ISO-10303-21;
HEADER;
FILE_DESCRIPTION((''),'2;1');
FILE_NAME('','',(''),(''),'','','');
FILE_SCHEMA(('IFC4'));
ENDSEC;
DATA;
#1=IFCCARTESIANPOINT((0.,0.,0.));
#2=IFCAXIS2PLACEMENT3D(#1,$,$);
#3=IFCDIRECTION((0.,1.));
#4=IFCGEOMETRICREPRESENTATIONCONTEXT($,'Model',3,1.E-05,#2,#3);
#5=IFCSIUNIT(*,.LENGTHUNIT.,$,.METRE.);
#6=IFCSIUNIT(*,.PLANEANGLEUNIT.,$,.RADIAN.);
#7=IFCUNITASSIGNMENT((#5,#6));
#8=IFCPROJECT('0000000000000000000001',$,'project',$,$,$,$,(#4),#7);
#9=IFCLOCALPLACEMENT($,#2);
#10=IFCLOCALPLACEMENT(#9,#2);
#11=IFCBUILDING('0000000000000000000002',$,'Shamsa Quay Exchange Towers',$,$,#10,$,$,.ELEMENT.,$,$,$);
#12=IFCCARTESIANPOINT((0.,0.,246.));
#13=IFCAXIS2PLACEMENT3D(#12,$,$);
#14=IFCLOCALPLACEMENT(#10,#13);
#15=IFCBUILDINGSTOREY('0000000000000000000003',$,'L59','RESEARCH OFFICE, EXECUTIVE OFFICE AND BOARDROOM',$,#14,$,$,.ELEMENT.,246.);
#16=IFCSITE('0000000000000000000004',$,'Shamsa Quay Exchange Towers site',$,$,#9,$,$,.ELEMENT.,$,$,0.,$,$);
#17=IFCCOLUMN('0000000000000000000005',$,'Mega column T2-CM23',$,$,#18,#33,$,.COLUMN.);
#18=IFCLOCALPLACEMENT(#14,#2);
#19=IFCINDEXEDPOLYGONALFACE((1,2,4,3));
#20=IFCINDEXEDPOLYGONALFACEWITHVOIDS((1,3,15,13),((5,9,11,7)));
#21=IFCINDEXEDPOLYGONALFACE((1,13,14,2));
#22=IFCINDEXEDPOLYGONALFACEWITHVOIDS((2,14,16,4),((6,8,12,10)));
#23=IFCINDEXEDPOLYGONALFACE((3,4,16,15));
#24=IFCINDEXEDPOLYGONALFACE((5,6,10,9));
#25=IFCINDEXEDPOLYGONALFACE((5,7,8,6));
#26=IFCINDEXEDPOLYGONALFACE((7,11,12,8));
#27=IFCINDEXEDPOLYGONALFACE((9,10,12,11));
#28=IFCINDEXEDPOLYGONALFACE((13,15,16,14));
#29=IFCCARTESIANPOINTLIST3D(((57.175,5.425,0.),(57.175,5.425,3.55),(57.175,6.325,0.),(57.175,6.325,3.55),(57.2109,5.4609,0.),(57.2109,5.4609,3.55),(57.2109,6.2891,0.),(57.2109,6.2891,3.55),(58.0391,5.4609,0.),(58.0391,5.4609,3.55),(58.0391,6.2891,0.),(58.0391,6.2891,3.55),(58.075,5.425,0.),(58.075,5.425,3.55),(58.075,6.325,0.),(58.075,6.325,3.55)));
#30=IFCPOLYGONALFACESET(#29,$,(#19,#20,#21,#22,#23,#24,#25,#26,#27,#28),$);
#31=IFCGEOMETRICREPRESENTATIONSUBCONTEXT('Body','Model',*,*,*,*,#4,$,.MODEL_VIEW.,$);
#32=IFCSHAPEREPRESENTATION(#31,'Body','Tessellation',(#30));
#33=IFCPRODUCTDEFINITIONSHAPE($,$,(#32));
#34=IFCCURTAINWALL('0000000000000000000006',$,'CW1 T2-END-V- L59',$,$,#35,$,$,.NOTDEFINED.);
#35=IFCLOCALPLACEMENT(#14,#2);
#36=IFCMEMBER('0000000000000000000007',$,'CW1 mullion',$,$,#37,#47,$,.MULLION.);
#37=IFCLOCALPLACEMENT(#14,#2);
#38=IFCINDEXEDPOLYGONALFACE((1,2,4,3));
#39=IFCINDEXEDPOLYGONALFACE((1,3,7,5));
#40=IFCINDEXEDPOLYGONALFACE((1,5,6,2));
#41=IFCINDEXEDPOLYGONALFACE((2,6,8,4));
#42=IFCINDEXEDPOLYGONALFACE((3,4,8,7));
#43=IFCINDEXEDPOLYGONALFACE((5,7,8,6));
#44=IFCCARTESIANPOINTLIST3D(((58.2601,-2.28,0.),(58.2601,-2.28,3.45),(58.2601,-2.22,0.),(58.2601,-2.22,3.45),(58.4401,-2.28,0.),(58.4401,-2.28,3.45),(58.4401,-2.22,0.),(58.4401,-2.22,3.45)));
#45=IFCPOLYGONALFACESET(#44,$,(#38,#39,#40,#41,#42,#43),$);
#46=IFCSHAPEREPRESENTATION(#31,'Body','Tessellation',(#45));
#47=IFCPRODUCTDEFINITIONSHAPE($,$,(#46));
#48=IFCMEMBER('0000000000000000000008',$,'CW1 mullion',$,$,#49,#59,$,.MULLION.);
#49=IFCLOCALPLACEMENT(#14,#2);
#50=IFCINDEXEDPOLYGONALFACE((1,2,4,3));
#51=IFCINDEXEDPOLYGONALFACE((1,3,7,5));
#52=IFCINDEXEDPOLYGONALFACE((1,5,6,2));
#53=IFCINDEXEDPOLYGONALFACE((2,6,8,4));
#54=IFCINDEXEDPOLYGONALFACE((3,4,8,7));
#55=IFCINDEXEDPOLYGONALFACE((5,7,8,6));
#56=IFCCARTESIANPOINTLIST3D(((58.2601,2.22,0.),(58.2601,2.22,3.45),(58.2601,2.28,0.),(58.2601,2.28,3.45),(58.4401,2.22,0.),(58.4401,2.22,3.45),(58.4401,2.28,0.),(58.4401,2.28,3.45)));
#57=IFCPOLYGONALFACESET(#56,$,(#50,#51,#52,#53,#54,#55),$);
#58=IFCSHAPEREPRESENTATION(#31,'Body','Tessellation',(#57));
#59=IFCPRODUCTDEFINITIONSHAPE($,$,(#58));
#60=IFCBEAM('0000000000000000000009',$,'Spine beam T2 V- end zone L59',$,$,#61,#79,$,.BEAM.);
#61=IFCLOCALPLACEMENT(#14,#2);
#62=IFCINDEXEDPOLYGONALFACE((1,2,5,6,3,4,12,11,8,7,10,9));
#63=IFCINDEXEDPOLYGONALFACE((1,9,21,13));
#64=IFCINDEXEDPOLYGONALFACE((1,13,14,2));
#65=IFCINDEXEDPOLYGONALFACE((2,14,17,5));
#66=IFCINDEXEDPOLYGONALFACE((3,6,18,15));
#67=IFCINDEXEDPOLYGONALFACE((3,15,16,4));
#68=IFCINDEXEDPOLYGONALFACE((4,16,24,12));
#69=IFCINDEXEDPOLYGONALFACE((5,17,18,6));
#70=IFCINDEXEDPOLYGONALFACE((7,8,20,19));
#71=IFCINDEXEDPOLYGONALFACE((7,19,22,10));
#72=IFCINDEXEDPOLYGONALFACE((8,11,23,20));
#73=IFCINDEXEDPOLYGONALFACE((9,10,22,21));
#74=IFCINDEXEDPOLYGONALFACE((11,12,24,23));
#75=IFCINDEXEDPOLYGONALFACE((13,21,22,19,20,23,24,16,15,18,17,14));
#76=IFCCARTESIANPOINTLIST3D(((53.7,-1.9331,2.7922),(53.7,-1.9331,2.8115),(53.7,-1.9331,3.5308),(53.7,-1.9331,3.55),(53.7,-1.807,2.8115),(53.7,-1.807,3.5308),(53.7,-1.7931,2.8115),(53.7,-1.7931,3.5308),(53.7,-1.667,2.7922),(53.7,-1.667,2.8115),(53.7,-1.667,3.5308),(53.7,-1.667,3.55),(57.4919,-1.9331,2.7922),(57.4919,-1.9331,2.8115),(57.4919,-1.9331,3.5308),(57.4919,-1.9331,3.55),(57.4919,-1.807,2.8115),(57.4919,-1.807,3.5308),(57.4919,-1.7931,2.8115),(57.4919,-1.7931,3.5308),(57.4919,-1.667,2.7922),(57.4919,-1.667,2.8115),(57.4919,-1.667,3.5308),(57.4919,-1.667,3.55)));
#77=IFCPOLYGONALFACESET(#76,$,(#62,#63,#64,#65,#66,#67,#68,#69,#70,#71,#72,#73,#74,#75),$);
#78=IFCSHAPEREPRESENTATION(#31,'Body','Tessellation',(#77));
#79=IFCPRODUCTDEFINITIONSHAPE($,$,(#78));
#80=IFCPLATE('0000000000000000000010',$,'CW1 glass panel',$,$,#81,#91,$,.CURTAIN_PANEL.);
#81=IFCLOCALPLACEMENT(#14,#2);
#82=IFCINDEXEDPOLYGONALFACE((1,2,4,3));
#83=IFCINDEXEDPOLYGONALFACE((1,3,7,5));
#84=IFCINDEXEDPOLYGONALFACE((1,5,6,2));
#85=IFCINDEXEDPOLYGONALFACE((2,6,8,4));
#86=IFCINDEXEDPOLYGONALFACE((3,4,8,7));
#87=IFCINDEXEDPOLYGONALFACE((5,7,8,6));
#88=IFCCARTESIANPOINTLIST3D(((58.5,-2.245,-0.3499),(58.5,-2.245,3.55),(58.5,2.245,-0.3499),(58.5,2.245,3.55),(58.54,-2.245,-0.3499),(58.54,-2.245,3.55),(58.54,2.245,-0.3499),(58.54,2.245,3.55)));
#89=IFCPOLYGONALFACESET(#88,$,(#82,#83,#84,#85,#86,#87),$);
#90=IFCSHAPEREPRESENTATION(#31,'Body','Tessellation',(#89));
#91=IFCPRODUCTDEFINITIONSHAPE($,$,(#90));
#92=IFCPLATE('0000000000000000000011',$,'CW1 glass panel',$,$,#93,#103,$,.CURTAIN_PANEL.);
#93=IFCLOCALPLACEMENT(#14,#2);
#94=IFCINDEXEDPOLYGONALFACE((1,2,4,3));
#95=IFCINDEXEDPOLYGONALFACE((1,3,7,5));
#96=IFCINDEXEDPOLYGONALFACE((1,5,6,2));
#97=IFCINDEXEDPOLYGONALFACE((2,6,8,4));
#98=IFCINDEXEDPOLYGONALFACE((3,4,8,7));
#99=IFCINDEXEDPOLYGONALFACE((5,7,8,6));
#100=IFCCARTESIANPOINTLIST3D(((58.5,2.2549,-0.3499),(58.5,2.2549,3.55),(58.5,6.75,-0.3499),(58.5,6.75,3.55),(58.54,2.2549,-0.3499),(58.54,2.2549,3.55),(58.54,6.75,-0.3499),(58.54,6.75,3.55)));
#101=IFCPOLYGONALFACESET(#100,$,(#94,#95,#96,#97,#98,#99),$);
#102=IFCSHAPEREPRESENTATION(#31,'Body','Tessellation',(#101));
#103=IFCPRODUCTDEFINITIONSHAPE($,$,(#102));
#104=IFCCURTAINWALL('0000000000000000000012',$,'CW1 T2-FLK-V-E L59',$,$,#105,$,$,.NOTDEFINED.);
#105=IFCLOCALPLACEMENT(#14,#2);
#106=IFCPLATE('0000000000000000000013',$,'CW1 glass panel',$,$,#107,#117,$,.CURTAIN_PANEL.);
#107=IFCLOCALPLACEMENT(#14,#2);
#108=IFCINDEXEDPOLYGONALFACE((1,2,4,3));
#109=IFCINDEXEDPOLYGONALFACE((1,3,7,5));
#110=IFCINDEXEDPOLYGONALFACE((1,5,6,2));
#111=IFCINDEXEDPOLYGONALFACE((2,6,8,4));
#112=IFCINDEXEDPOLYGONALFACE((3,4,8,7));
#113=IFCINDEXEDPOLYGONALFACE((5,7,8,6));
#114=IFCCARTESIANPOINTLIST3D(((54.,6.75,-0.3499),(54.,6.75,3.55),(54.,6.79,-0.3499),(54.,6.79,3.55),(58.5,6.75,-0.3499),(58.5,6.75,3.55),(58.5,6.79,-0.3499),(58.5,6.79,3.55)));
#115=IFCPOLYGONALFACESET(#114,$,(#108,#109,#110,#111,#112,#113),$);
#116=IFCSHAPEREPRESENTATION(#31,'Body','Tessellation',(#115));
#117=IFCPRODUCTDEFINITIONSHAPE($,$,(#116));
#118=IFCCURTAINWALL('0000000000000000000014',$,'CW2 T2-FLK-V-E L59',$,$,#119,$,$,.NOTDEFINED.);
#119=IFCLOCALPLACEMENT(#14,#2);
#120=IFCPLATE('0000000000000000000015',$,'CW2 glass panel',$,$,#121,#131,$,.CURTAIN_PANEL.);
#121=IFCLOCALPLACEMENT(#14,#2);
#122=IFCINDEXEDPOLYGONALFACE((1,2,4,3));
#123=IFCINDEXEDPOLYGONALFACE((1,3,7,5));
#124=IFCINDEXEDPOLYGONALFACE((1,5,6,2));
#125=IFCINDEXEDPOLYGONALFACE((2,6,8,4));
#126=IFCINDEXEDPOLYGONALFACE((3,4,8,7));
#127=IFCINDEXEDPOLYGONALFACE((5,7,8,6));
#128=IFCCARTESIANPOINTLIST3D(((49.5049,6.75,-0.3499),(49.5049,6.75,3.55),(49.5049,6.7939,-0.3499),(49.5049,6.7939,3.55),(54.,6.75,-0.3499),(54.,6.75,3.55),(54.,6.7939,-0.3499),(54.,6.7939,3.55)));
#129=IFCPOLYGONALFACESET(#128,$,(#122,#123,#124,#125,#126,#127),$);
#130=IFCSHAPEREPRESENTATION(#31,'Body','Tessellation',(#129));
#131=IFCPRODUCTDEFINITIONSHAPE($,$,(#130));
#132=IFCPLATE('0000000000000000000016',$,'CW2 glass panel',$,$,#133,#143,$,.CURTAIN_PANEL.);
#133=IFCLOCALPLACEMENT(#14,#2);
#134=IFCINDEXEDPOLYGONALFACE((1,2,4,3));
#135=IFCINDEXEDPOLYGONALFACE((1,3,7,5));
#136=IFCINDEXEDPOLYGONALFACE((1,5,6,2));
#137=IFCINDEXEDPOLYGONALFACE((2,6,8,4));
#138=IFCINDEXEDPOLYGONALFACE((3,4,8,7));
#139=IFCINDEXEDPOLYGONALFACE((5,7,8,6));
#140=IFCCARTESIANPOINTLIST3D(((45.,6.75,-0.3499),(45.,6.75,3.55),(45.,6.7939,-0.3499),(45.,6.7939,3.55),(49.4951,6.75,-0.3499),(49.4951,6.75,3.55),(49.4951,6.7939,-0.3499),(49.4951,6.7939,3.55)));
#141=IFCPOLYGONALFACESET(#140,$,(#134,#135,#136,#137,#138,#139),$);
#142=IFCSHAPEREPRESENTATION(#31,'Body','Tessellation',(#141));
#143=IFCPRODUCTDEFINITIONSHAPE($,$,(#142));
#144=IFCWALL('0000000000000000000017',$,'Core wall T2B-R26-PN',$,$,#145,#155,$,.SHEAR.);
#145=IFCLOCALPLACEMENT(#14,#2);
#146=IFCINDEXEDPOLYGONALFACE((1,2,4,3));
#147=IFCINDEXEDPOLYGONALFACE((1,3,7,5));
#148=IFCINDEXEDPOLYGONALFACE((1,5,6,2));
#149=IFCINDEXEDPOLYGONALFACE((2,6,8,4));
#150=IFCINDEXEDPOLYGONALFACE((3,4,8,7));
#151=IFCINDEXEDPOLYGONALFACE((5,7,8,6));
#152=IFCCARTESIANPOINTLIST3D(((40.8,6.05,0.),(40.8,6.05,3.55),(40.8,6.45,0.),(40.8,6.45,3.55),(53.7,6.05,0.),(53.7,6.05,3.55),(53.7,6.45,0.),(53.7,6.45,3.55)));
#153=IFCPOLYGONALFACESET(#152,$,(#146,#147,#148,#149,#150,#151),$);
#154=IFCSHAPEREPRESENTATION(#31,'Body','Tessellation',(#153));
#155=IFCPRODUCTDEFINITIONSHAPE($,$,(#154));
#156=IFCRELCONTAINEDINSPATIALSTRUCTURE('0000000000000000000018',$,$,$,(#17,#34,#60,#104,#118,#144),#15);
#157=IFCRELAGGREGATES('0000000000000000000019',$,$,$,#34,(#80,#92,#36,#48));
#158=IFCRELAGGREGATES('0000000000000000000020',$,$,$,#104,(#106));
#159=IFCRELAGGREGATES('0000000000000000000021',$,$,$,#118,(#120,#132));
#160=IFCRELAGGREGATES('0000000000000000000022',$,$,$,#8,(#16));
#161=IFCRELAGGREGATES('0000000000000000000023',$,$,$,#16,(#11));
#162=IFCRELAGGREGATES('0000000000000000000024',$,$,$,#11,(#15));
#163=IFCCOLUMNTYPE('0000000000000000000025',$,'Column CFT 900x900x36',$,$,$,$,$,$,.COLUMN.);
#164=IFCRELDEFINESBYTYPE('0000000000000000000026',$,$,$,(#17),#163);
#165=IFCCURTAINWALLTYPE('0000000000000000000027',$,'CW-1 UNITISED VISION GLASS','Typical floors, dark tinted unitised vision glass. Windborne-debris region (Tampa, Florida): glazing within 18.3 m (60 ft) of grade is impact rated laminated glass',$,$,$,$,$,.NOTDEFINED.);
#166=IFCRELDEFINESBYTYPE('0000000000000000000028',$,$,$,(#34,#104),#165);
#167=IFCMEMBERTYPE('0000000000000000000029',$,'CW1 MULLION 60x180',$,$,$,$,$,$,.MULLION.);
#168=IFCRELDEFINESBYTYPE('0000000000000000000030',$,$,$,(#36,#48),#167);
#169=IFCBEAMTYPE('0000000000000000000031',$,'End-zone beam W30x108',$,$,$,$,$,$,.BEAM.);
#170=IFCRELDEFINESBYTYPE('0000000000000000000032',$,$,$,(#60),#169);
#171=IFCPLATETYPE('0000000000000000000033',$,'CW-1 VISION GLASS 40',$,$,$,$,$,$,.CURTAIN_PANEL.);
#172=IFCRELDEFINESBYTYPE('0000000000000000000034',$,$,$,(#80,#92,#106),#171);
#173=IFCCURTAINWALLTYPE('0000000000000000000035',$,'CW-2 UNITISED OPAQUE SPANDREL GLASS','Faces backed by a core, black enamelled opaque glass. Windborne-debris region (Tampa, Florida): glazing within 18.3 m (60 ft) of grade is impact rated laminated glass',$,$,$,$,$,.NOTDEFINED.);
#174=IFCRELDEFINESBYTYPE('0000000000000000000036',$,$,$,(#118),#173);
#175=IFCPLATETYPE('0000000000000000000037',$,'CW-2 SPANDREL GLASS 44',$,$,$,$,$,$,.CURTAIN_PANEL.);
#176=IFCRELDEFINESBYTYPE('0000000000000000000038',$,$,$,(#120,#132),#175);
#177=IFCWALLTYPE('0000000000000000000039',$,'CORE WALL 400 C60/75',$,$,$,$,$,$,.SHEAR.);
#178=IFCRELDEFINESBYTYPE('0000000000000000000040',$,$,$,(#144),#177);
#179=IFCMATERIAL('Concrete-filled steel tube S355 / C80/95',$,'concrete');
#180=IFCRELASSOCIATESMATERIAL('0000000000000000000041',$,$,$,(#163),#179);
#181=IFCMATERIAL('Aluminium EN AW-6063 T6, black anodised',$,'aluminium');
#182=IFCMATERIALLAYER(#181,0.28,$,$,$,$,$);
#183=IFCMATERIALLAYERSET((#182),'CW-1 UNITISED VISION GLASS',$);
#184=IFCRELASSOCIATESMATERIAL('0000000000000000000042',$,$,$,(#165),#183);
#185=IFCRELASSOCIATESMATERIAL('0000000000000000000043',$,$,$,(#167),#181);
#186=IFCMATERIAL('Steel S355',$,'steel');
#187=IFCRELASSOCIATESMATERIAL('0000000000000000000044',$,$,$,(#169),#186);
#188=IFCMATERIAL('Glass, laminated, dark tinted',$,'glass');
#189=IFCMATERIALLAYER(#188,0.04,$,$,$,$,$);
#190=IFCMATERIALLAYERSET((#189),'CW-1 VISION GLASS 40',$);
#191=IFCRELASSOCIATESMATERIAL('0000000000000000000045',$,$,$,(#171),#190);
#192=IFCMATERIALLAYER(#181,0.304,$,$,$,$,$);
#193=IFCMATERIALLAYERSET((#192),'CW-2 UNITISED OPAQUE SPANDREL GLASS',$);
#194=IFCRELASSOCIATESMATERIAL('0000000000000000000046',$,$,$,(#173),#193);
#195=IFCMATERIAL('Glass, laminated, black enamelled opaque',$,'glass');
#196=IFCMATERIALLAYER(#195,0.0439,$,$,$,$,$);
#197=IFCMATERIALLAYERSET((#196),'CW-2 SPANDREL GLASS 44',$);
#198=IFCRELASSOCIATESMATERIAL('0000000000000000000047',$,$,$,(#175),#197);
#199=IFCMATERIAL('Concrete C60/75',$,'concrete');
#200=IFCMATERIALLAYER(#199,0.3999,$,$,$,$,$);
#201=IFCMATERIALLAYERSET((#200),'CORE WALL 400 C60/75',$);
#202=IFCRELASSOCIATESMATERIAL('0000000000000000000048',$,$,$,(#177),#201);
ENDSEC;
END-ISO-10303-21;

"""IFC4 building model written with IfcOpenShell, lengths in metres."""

from ifc_helpers import new_model, si_unit, direction, frame, frame_2d, origin, origin_2d, place, context, subcontext, project, spatial, rectangle, hollow_rectangle, i_section, extrude, material, layer, layer_set, material_profile, profile_set, type_object, element, aggregate, save


model = new_model("IFC4")

# Units and contexts
model_context = context("Model", 3, precision=1e-05, world=origin(), true_north=direction((0.0, 1.0)))
body_context = subcontext(model_context, "Body", "Model", "MODEL_VIEW")
ifc_project = project(units=[si_unit("LENGTHUNIT", "METRE"), si_unit("PLANEANGLEUNIT", "RADIAN")], contexts=[model_context])

# Site, building, storey
site_placement = place(None, origin())
site = spatial("IfcSite", under=ifc_project, at=site_placement, Name="Shamsa Quay Exchange Towers site", CompositionType="ELEMENT", RefElevation=0.0)
building_placement = place(site_placement, origin())
building = spatial("IfcBuilding", under=site, at=building_placement, Name="Shamsa Quay Exchange Towers", CompositionType="ELEMENT")
storey_placement = place(building_placement, frame((0.0, 0.0, 246.0)))
storey = spatial("IfcBuildingStorey", under=building, at=storey_placement, Name="L59", Description="RESEARCH OFFICE, EXECUTIVE OFFICE AND BOARDROOM", CompositionType="ELEMENT", Elevation=246.0)

# Column
ifc_material_1 = material(Name="Concrete-filled steel tube S355 / C80/95", Category="concrete")
ifc_material_profile_1 = material_profile(ifc_material_1, hollow_rectangle(XDim=0.8999, YDim=0.8999, WallThickness=0.0359, at=origin_2d()), Name="CFT 900x900x36")
ifc_profile_set_1 = profile_set([ifc_material_profile_1], Name="Concrete-filled steel tube S355 / C80/95")
column_type = type_object("IfcColumnType", Name="Column CFT 900x900x36", PredefinedType="COLUMN", material=ifc_profile_set_1)
column_placement = place(storey_placement, frame((57.625, 5.875, 0.0)))
element("IfcColumn", 1, at=column_placement, inside=storey, type_object=column_type, Name="Mega column T2-CM23", PredefinedType="COLUMN", context=body_context, shape_type="SweptSolid", body=[
    extrude(hollow_rectangle(XDim=0.8999, YDim=0.8999, WallThickness=0.0359, at=origin_2d()), origin(), (0.0, 0.0, 1.0), 3.55),
])

# Curtain wall, members
ifc_material_2 = material(Name="Aluminium EN AW-6063 T6, black anodised", Category="aluminium")
ifc_layer_1 = layer(ifc_material_2, 0.28)
ifc_layer_set_1 = layer_set([ifc_layer_1], Name="CW-1 UNITISED VISION GLASS")
curtain_wall_type_1 = type_object("IfcCurtainWallType", Name="CW-1 UNITISED VISION GLASS", Description="Typical floors, dark tinted unitised vision glass. Windborne-debris region (Tampa, Florida): glazing within 18.3 m (60 ft) of grade is impact rated laminated glass", PredefinedType="NOTDEFINED", material=ifc_layer_set_1)
curtain_wall_1_placement = place(storey_placement, origin())
curtain_wall_1 = element("IfcCurtainWall", 2, at=curtain_wall_1_placement, inside=storey, type_object=curtain_wall_type_1, Name="CW1 T2-END-V- L59", PredefinedType="NOTDEFINED")
ifc_material_profile_2 = material_profile(ifc_material_2, rectangle(XDim=0.1799, YDim=0.0601, at=origin_2d()), Name="MU60x180")
ifc_profile_set_2 = profile_set([ifc_material_profile_2], Name="Aluminium EN AW-6063 T6, black anodised")
member_type = type_object("IfcMemberType", Name="CW1 MULLION 60x180", PredefinedType="MULLION", material=ifc_profile_set_2)
member_1_placement = place(storey_placement, frame((58.3501, -2.25, 0.0), z_axis=(0.0, 0.0, 1.0), x_axis=(-1.0, 0.0, 0.0)))
member_1 = element("IfcMember", 3, at=member_1_placement, type_object=member_type, Name="CW1 mullion", PredefinedType="MULLION", context=body_context, shape_type="SweptSolid", body=[
    extrude(rectangle(XDim=0.1799, YDim=0.0601, at=origin_2d()), origin(), (0.0, 0.0, 1.0), 3.45),
])
member_2_placement = place(storey_placement, frame((58.3501, 2.25, 0.0), z_axis=(0.0, 0.0, 1.0), x_axis=(-1.0, 0.0, 0.0)))
member_2 = element("IfcMember", 4, at=member_2_placement, type_object=member_type, Name="CW1 mullion", PredefinedType="MULLION", context=body_context, shape_type="SweptSolid", body=[
    extrude(rectangle(XDim=0.1799, YDim=0.0601, at=origin_2d()), origin(), (0.0, 0.0, 1.0), 3.45),
])

# Beam
ifc_material_3 = material(Name="Steel S355", Category="steel")
ifc_material_profile_3 = material_profile(ifc_material_3, i_section(OverallWidth=0.2661, OverallDepth=0.7578, WebThickness=0.0139, FlangeThickness=0.0193, at=origin_2d()), Name="W30x108")
ifc_profile_set_3 = profile_set([ifc_material_profile_3], Name="Steel S355")
beam_type = type_object("IfcBeamType", Name="End-zone beam W30x108", PredefinedType="BEAM", material=ifc_profile_set_3)
beam_placement = place(storey_placement, frame((53.7, -1.8, 3.1711), z_axis=(1.0, 0.0, 0.0), x_axis=(0.0, 1.0, 0.0)))
element("IfcBeam", 5, at=beam_placement, inside=storey, type_object=beam_type, Name="Spine beam T2 V- end zone L59", PredefinedType="BEAM", context=body_context, shape_type="SweptSolid", body=[
    extrude(i_section(OverallWidth=0.2661, OverallDepth=0.7578, WebThickness=0.0139, FlangeThickness=0.0193, at=origin_2d()), origin(), (0.0, 0.0, 1.0), 3.792),
])

# Plates
ifc_material_4 = material(Name="Glass, laminated, dark tinted", Category="glass")
ifc_layer_2 = layer(ifc_material_4, 0.04)
ifc_layer_set_2 = layer_set([ifc_layer_2], Name="CW-1 VISION GLASS 40")
plate_type_1 = type_object("IfcPlateType", Name="CW-1 VISION GLASS 40", PredefinedType="CURTAIN_PANEL", material=ifc_layer_set_2)
plate_1_placement = place(storey_placement, frame((58.52, 0.0, -0.3499), z_axis=(0.0, 0.0, 1.0), x_axis=(0.0, 1.0, 0.0)))
plate_1 = element("IfcPlate", 6, at=plate_1_placement, type_object=plate_type_1, Name="CW1 glass panel", PredefinedType="CURTAIN_PANEL", context=body_context, shape_type="SweptSolid", body=[
    extrude(rectangle(XDim=4.49, YDim=0.04, at=origin_2d()), origin(), (0.0, 0.0, 1.0), 3.8999),
])
plate_2_placement = place(storey_placement, frame((58.52, 4.5024, -0.3499), z_axis=(0.0, 0.0, 1.0), x_axis=(0.0, 1.0, 0.0)))
plate_2 = element("IfcPlate", 7, at=plate_2_placement, type_object=plate_type_1, Name="CW1 glass panel", PredefinedType="CURTAIN_PANEL", context=body_context, shape_type="SweptSolid", body=[
    extrude(rectangle(XDim=4.4951, YDim=0.04, at=origin_2d()), origin(), (0.0, 0.0, 1.0), 3.8999),
])
aggregate(curtain_wall_1, [plate_1, plate_2, member_1, member_2])

# Curtain wall, plate
curtain_wall_2_placement = place(storey_placement, origin())
curtain_wall_2 = element("IfcCurtainWall", 8, at=curtain_wall_2_placement, inside=storey, type_object=curtain_wall_type_1, Name="CW1 T2-FLK-V-E L59", PredefinedType="NOTDEFINED")
plate_3_placement = place(storey_placement, frame((56.25, 6.77, -0.3499), z_axis=(0.0, 0.0, 1.0), x_axis=(-1.0, 0.0, 0.0)))
plate_3 = element("IfcPlate", 9, at=plate_3_placement, type_object=plate_type_1, Name="CW1 glass panel", PredefinedType="CURTAIN_PANEL", context=body_context, shape_type="SweptSolid", body=[
    extrude(rectangle(XDim=4.5, YDim=0.04, at=origin_2d()), origin(), (0.0, 0.0, 1.0), 3.8999),
])
aggregate(curtain_wall_2, [plate_3])

# Curtain wall, plates
ifc_layer_3 = layer(ifc_material_2, 0.304)
ifc_layer_set_3 = layer_set([ifc_layer_3], Name="CW-2 UNITISED OPAQUE SPANDREL GLASS")
curtain_wall_type_2 = type_object("IfcCurtainWallType", Name="CW-2 UNITISED OPAQUE SPANDREL GLASS", Description="Faces backed by a core, black enamelled opaque glass. Windborne-debris region (Tampa, Florida): glazing within 18.3 m (60 ft) of grade is impact rated laminated glass", PredefinedType="NOTDEFINED", material=ifc_layer_set_3)
curtain_wall_3_placement = place(storey_placement, origin())
curtain_wall_3 = element("IfcCurtainWall", 10, at=curtain_wall_3_placement, inside=storey, type_object=curtain_wall_type_2, Name="CW2 T2-FLK-V-E L59", PredefinedType="NOTDEFINED")
ifc_material_5 = material(Name="Glass, laminated, black enamelled opaque", Category="glass")
ifc_layer_4 = layer(ifc_material_5, 0.0439)
ifc_layer_set_4 = layer_set([ifc_layer_4], Name="CW-2 SPANDREL GLASS 44")
plate_type_2 = type_object("IfcPlateType", Name="CW-2 SPANDREL GLASS 44", PredefinedType="CURTAIN_PANEL", material=ifc_layer_set_4)
plate_4_placement = place(storey_placement, frame((51.7524, 6.772, -0.3499), z_axis=(0.0, 0.0, 1.0), x_axis=(-1.0, 0.0, 0.0)))
plate_4 = element("IfcPlate", 11, at=plate_4_placement, type_object=plate_type_2, Name="CW2 glass panel", PredefinedType="CURTAIN_PANEL", context=body_context, shape_type="SweptSolid", body=[
    extrude(rectangle(XDim=4.4951, YDim=0.0439, at=origin_2d()), origin(), (0.0, 0.0, 1.0), 3.8999),
])
plate_5_placement = place(storey_placement, frame((47.2476, 6.772, -0.3499), z_axis=(0.0, 0.0, 1.0), x_axis=(-1.0, 0.0, 0.0)))
plate_5 = element("IfcPlate", 12, at=plate_5_placement, type_object=plate_type_2, Name="CW2 glass panel", PredefinedType="CURTAIN_PANEL", context=body_context, shape_type="SweptSolid", body=[
    extrude(rectangle(XDim=4.4951, YDim=0.0439, at=origin_2d()), origin(), (0.0, 0.0, 1.0), 3.8999),
])
aggregate(curtain_wall_3, [plate_4, plate_5])

# Wall
ifc_material_6 = material(Name="Concrete C60/75", Category="concrete")
ifc_layer_5 = layer(ifc_material_6, 0.3999)
ifc_layer_set_5 = layer_set([ifc_layer_5], Name="CORE WALL 400 C60/75")
wall_type_1 = type_object("IfcWallType", Name="CORE WALL 400 C60/75", PredefinedType="SHEAR", material=ifc_layer_set_5)
wall_1_placement = place(storey_placement, frame((53.7, 6.25, 0.0), z_axis=(0.0, 0.0, 1.0), x_axis=(-1.0, 0.0, 0.0)))
element("IfcWall", 13, at=wall_1_placement, inside=storey, type_object=wall_type_1, Name="Core wall T2B-R26-PN", PredefinedType="SHEAR", context=body_context, shape_type="SweptSolid", body=[
    extrude(rectangle(XDim=12.8999, YDim=0.3999, at=frame_2d((6.45, 0.0))), origin(), (0.0, 0.0, 1.0), 3.55),
])

save(model, "model.ifc")
